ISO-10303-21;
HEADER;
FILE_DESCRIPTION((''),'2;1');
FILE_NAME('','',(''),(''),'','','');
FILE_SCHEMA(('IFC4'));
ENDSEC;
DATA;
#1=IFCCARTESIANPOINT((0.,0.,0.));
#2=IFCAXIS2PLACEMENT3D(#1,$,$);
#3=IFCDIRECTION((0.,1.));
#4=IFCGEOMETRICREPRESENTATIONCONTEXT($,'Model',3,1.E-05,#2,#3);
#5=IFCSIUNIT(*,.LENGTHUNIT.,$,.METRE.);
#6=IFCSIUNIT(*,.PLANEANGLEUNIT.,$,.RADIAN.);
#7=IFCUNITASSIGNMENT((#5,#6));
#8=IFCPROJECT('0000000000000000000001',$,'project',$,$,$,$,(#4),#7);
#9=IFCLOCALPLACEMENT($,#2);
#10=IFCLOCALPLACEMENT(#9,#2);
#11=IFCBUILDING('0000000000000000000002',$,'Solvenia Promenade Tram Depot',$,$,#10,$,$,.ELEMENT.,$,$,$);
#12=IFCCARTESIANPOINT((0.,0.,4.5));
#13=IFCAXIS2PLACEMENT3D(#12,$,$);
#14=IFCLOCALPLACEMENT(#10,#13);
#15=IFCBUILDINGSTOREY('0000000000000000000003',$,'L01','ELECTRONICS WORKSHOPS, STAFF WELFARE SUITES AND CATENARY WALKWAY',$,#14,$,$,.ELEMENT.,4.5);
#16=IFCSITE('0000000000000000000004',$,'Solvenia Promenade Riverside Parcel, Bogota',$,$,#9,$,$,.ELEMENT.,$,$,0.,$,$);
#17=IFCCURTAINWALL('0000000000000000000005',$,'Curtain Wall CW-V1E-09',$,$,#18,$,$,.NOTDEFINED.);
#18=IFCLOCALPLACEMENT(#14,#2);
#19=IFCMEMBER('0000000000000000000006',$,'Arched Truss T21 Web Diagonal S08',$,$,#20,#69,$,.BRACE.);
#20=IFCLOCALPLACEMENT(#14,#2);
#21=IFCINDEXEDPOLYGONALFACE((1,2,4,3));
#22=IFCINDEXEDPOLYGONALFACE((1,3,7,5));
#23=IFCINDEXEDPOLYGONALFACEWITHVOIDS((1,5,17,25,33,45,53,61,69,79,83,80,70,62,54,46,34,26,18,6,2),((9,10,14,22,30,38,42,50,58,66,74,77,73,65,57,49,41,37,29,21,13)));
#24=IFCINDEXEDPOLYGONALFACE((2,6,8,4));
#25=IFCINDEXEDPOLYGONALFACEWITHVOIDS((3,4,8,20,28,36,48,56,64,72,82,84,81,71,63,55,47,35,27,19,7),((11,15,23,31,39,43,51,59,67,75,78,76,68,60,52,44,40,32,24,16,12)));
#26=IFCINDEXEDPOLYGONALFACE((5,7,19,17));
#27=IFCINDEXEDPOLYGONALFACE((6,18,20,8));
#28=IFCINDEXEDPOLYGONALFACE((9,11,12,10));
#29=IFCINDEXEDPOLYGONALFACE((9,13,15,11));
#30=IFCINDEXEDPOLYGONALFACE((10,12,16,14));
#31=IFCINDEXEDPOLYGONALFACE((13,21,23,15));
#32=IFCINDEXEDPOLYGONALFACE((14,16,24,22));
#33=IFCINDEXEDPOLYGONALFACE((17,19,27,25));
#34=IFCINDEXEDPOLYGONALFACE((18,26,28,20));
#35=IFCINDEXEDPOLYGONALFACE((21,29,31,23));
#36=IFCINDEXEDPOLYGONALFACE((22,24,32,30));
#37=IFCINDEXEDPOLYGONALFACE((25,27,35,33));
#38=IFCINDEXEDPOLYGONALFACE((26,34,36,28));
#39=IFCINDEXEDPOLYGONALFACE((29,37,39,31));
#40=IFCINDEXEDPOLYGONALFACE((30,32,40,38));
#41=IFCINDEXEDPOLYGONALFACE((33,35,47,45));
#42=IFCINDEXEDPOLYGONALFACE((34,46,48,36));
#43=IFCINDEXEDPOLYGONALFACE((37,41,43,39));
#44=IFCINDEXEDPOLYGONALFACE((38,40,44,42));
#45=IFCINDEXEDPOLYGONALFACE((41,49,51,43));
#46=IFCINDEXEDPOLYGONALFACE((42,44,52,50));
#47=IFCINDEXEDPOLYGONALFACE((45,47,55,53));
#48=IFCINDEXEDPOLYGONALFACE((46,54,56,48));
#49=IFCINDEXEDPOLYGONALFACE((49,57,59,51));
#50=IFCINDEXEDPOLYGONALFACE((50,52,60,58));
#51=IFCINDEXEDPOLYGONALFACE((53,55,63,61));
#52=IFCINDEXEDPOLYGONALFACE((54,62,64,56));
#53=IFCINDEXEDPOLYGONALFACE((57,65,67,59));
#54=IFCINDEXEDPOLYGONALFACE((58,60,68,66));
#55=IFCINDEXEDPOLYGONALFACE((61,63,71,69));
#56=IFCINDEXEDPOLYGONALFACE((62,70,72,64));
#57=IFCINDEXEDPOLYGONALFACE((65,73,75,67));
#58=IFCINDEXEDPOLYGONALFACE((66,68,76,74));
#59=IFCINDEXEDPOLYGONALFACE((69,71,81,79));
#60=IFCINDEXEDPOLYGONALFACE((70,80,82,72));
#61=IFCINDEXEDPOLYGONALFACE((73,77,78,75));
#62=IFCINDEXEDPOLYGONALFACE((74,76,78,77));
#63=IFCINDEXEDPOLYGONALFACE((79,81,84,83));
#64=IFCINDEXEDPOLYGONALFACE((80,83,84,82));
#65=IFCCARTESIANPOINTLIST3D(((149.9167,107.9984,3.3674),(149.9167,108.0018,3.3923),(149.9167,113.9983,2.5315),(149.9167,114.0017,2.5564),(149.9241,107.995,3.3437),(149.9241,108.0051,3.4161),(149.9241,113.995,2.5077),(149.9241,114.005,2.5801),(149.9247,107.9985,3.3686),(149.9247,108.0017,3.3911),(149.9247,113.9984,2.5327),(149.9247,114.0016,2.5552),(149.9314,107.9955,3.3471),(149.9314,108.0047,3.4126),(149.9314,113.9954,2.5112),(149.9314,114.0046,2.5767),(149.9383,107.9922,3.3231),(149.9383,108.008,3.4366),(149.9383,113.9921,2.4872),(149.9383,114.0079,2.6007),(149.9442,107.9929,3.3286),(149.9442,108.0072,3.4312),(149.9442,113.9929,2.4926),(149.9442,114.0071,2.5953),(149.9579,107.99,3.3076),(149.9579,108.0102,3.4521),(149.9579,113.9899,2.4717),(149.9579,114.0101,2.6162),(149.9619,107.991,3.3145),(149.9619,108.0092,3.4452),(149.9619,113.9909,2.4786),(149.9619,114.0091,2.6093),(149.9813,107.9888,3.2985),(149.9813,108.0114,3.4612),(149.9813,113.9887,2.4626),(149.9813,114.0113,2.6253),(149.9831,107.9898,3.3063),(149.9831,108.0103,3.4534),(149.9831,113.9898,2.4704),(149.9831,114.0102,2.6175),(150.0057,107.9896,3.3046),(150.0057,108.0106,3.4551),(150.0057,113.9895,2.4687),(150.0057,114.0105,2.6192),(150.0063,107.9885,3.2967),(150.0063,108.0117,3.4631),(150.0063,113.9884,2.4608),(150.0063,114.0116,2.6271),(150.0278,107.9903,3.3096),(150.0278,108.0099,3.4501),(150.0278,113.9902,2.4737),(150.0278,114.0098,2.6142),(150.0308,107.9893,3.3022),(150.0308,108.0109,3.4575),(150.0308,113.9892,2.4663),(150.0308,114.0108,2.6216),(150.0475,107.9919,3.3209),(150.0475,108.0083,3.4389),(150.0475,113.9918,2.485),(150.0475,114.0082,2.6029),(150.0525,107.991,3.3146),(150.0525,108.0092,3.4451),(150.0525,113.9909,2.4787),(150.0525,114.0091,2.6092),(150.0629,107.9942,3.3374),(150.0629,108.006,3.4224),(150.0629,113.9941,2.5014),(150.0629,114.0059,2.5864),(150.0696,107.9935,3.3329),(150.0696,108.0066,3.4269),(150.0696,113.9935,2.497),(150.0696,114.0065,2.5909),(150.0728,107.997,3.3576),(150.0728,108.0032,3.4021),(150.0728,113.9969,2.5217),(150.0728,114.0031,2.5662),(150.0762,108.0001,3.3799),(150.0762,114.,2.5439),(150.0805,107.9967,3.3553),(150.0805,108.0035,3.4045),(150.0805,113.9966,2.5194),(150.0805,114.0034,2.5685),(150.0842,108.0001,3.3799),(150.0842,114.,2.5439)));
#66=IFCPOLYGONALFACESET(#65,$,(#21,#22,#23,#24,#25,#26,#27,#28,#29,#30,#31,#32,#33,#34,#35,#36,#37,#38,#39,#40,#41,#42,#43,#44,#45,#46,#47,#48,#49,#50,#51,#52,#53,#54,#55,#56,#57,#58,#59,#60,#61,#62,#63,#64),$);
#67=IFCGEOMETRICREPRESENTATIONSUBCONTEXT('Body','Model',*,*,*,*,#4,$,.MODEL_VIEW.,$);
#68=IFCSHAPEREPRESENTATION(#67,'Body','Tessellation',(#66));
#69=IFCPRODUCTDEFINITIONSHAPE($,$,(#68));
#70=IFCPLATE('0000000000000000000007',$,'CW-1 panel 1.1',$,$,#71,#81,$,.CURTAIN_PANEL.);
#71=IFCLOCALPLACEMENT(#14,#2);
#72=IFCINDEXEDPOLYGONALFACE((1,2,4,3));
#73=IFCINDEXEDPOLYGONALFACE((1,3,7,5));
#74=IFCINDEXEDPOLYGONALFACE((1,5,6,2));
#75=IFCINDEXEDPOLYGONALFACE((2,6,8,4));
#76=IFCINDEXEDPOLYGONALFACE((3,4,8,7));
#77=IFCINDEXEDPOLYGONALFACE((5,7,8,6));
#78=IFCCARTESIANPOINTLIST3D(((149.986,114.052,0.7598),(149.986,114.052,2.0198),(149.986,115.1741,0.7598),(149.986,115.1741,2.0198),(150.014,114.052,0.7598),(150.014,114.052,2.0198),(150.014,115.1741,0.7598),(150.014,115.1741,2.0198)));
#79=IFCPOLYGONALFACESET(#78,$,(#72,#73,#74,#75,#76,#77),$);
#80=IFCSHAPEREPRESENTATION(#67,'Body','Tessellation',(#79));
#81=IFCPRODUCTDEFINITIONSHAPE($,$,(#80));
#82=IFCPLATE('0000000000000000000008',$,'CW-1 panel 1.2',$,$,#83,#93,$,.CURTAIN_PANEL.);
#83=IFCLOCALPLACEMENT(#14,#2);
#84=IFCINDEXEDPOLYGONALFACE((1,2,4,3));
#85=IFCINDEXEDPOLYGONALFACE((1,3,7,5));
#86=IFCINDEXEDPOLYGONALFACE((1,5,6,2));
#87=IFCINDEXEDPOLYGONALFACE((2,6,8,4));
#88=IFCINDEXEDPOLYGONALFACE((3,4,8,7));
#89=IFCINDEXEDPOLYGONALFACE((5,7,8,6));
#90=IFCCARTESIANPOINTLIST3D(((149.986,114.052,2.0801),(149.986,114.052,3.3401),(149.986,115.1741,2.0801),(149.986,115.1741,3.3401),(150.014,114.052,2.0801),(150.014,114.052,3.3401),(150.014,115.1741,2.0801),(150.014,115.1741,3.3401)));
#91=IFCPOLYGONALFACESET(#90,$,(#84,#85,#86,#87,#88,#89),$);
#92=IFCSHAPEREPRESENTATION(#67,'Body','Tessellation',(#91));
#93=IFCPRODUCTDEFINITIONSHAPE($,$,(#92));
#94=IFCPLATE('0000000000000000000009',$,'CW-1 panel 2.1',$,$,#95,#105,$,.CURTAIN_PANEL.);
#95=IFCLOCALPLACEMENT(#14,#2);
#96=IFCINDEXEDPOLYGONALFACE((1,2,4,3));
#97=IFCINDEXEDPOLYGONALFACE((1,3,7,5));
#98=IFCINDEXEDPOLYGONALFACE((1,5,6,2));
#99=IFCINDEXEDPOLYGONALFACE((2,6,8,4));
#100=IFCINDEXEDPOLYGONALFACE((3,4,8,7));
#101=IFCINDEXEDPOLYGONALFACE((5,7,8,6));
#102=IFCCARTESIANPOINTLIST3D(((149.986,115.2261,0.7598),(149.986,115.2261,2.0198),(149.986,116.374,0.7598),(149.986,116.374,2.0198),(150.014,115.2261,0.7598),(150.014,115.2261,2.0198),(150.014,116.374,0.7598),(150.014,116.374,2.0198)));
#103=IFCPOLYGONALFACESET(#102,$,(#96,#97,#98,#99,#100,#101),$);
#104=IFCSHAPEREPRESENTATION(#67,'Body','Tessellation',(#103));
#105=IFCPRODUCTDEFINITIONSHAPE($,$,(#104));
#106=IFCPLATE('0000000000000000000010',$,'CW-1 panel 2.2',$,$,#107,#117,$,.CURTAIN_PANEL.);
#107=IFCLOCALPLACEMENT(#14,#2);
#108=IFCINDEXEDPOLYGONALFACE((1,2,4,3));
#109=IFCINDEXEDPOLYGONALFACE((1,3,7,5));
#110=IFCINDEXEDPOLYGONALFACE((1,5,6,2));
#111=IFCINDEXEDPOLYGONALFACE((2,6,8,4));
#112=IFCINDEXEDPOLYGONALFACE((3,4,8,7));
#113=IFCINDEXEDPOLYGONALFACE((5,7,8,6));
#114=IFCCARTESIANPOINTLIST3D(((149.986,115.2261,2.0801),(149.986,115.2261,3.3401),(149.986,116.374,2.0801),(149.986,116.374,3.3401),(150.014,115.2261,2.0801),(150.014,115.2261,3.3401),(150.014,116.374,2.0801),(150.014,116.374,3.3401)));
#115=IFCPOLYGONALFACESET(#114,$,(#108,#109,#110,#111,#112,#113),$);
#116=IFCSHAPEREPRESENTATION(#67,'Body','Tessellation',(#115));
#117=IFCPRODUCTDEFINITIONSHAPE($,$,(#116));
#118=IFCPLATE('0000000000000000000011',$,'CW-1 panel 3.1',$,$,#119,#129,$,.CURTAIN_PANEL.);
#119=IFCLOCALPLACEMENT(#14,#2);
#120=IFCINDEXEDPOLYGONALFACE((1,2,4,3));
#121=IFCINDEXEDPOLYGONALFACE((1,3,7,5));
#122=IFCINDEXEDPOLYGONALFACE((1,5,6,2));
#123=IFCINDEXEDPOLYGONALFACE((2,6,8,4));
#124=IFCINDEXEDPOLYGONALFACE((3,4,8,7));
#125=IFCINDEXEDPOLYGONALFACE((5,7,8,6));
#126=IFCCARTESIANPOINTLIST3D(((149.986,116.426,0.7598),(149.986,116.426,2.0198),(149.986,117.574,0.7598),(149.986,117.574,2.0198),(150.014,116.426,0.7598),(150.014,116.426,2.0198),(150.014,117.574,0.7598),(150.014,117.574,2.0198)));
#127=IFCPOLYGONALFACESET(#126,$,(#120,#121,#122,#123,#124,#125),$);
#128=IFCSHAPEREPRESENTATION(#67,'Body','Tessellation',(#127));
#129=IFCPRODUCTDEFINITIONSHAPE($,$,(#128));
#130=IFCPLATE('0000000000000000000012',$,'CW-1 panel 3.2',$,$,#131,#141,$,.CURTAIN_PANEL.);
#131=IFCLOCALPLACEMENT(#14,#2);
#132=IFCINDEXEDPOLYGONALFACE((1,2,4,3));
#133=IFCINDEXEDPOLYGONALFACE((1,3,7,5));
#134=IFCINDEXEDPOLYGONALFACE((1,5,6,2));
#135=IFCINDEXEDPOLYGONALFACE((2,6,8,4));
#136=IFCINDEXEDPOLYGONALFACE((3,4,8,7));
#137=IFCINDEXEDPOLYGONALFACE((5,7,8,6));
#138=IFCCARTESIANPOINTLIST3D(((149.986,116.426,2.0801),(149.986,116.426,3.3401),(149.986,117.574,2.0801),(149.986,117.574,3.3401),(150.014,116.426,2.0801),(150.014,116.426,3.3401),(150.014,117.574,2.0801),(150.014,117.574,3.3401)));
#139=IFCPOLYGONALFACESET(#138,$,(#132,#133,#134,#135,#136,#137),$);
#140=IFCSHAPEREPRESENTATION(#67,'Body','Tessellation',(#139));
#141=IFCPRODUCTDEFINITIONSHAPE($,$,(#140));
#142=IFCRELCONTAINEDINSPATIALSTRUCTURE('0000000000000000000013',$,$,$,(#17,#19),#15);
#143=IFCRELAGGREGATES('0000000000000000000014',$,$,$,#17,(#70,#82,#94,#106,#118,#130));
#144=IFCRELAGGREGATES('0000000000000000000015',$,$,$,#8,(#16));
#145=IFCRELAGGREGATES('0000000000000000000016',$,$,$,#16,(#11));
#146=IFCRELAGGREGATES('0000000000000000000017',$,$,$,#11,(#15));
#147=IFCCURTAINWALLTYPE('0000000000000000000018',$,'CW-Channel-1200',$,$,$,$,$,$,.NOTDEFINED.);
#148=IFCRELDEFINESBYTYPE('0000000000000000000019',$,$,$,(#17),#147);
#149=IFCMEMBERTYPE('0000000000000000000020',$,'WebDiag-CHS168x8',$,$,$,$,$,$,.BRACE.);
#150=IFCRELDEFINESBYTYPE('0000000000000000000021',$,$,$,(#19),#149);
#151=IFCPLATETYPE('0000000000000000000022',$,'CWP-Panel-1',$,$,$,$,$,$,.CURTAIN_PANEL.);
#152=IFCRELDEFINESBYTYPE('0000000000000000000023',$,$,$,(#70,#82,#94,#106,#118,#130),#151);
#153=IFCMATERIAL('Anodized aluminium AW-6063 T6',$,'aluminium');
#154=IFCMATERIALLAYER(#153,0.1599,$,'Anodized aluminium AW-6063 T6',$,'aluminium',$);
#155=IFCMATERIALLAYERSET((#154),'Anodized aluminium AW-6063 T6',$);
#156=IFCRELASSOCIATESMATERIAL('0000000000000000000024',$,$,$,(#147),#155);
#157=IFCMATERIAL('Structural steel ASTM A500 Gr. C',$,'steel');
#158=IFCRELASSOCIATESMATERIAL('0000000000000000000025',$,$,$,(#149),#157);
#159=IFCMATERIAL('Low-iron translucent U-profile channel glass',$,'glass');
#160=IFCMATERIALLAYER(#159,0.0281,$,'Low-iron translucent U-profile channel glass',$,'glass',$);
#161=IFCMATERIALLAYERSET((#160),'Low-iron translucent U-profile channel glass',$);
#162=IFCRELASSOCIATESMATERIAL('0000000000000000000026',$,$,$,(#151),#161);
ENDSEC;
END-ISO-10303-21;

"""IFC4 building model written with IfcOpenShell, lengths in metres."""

from ifc_helpers import new_model, si_unit, direction, frame, origin, origin_2d, place, context, subcontext, project, spatial, rectangle, hollow_circle, extrude, material, layer, layer_set, material_profile, profile_set, type_object, element, aggregate, save


model = new_model("IFC4")

# Units and contexts
model_context = context("Model", 3, precision=1e-05, world=origin(), true_north=direction((0.0, 1.0)))
body_context = subcontext(model_context, "Body", "Model", "MODEL_VIEW")
ifc_project = project(units=[si_unit("LENGTHUNIT", "METRE"), si_unit("PLANEANGLEUNIT", "RADIAN")], contexts=[model_context])

# Site, building, storey
site_placement = place(None, origin())
site = spatial("IfcSite", under=ifc_project, at=site_placement, Name="Solvenia Promenade Riverside Parcel, Bogota", CompositionType="ELEMENT", RefElevation=0.0)
building_placement = place(site_placement, origin())
building = spatial("IfcBuilding", under=site, at=building_placement, Name="Solvenia Promenade Tram Depot", CompositionType="ELEMENT")
storey_placement = place(building_placement, frame((0.0, 0.0, 4.5)))
storey = spatial("IfcBuildingStorey", under=building, at=storey_placement, Name="L01", Description="ELECTRONICS WORKSHOPS, STAFF WELFARE SUITES AND CATENARY WALKWAY", CompositionType="ELEMENT", Elevation=4.5)

# Shared definitions
ifc_material_1 = material(Name="Anodized aluminium AW-6063 T6", Category="aluminium")
ifc_layer_1 = layer(ifc_material_1, 0.1599, Name="Anodized aluminium AW-6063 T6", Category="aluminium")
ifc_layer_set_1 = layer_set([ifc_layer_1], Name="Anodized aluminium AW-6063 T6")
curtain_wall_type = type_object("IfcCurtainWallType", Name="CW-Channel-1200", PredefinedType="NOTDEFINED", material=ifc_layer_set_1)

# Curtain wall
curtain_wall_1_placement = place(storey_placement, origin())
curtain_wall_1 = element("IfcCurtainWall", 1, at=curtain_wall_1_placement, inside=storey, type_object=curtain_wall_type, Name="Curtain Wall CW-V1E-09", PredefinedType="NOTDEFINED")

# Member
ifc_material_2 = material(Name="Structural steel ASTM A500 Gr. C", Category="steel")
ifc_material_profile_1 = material_profile(ifc_material_2, hollow_circle(Radius=0.0842, WallThickness=0.0081, at=origin_2d()), Name="CHS168.3x8", Category="steel")
ifc_profile_set_1 = profile_set([ifc_material_profile_1], Name="Structural steel ASTM A500 Gr. C")
member_type_1 = type_object("IfcMemberType", Name="WebDiag-CHS168x8", PredefinedType="BRACE", material=ifc_profile_set_1)
member_1_placement = place(storey_placement, frame((150.0, 114.0, 2.5439), z_axis=(0.0, -0.990434, 0.13799), x_axis=(1.0, 0.0, 0.0)))
element("IfcMember", 2, at=member_1_placement, inside=storey, type_object=member_type_1, Name="Arched Truss T21 Web Diagonal S08", PredefinedType="BRACE", context=body_context, shape_type="SweptSolid", body=[
    extrude(hollow_circle(Radius=0.0842, WallThickness=0.0081, at=origin_2d()), origin(), (0.0, 0.0, 1.0), 6.0579),
])

# Plates
ifc_material_3 = material(Name="Low-iron translucent U-profile channel glass", Category="glass")
ifc_layer_2 = layer(ifc_material_3, 0.0281, Name="Low-iron translucent U-profile channel glass", Category="glass")
ifc_layer_set_2 = layer_set([ifc_layer_2], Name="Low-iron translucent U-profile channel glass")
plate_type = type_object("IfcPlateType", Name="CWP-Panel-1", PredefinedType="CURTAIN_PANEL", material=ifc_layer_set_2)
plate_1_placement = place(storey_placement, frame((150.0, 114.613, 0.7598), z_axis=(0.0, 0.0, 1.0), x_axis=(0.0, 1.0, 0.0)))
plate_1 = element("IfcPlate", 3, at=plate_1_placement, type_object=plate_type, Name="CW-1 panel 1.1", PredefinedType="CURTAIN_PANEL", context=body_context, shape_type="SweptSolid", body=[
    extrude(rectangle(XDim=1.1221, YDim=0.0281, at=origin_2d()), origin(), (0.0, 0.0, 1.0), 1.26),
])
plate_2_placement = place(storey_placement, frame((150.0, 114.613, 2.0801), z_axis=(0.0, 0.0, 1.0), x_axis=(0.0, 1.0, 0.0)))
plate_2 = element("IfcPlate", 4, at=plate_2_placement, type_object=plate_type, Name="CW-1 panel 1.2", PredefinedType="CURTAIN_PANEL", context=body_context, shape_type="SweptSolid", body=[
    extrude(rectangle(XDim=1.1221, YDim=0.0281, at=origin_2d()), origin(), (0.0, 0.0, 1.0), 1.26),
])
plate_3_placement = place(storey_placement, frame((150.0, 115.8, 0.7598), z_axis=(0.0, 0.0, 1.0), x_axis=(0.0, 1.0, 0.0)))
plate_3 = element("IfcPlate", 5, at=plate_3_placement, type_object=plate_type, Name="CW-1 panel 2.1", PredefinedType="CURTAIN_PANEL", context=body_context, shape_type="SweptSolid", body=[
    extrude(rectangle(XDim=1.1479, YDim=0.0281, at=origin_2d()), origin(), (0.0, 0.0, 1.0), 1.26),
])
plate_4_placement = place(storey_placement, frame((150.0, 115.8, 2.0801), z_axis=(0.0, 0.0, 1.0), x_axis=(0.0, 1.0, 0.0)))
plate_4 = element("IfcPlate", 6, at=plate_4_placement, type_object=plate_type, Name="CW-1 panel 2.2", PredefinedType="CURTAIN_PANEL", context=body_context, shape_type="SweptSolid", body=[
    extrude(rectangle(XDim=1.1479, YDim=0.0281, at=origin_2d()), origin(), (0.0, 0.0, 1.0), 1.26),
])
plate_5_placement = place(storey_placement, frame((150.0, 117.0, 0.7598), z_axis=(0.0, 0.0, 1.0), x_axis=(0.0, 1.0, 0.0)))
plate_5 = element("IfcPlate", 7, at=plate_5_placement, type_object=plate_type, Name="CW-1 panel 3.1", PredefinedType="CURTAIN_PANEL", context=body_context, shape_type="SweptSolid", body=[
    extrude(rectangle(XDim=1.1479, YDim=0.0281, at=origin_2d()), origin(), (0.0, 0.0, 1.0), 1.26),
])
plate_6_placement = place(storey_placement, frame((150.0, 117.0, 2.0801), z_axis=(0.0, 0.0, 1.0), x_axis=(0.0, 1.0, 0.0)))
plate_6 = element("IfcPlate", 8, at=plate_6_placement, type_object=plate_type, Name="CW-1 panel 3.2", PredefinedType="CURTAIN_PANEL", context=body_context, shape_type="SweptSolid", body=[
    extrude(rectangle(XDim=1.1479, YDim=0.0281, at=origin_2d()), origin(), (0.0, 0.0, 1.0), 1.26),
])
aggregate(curtain_wall_1, [plate_1, plate_2, plate_3, plate_4, plate_5, plate_6])

save(model, "model.ifc")
